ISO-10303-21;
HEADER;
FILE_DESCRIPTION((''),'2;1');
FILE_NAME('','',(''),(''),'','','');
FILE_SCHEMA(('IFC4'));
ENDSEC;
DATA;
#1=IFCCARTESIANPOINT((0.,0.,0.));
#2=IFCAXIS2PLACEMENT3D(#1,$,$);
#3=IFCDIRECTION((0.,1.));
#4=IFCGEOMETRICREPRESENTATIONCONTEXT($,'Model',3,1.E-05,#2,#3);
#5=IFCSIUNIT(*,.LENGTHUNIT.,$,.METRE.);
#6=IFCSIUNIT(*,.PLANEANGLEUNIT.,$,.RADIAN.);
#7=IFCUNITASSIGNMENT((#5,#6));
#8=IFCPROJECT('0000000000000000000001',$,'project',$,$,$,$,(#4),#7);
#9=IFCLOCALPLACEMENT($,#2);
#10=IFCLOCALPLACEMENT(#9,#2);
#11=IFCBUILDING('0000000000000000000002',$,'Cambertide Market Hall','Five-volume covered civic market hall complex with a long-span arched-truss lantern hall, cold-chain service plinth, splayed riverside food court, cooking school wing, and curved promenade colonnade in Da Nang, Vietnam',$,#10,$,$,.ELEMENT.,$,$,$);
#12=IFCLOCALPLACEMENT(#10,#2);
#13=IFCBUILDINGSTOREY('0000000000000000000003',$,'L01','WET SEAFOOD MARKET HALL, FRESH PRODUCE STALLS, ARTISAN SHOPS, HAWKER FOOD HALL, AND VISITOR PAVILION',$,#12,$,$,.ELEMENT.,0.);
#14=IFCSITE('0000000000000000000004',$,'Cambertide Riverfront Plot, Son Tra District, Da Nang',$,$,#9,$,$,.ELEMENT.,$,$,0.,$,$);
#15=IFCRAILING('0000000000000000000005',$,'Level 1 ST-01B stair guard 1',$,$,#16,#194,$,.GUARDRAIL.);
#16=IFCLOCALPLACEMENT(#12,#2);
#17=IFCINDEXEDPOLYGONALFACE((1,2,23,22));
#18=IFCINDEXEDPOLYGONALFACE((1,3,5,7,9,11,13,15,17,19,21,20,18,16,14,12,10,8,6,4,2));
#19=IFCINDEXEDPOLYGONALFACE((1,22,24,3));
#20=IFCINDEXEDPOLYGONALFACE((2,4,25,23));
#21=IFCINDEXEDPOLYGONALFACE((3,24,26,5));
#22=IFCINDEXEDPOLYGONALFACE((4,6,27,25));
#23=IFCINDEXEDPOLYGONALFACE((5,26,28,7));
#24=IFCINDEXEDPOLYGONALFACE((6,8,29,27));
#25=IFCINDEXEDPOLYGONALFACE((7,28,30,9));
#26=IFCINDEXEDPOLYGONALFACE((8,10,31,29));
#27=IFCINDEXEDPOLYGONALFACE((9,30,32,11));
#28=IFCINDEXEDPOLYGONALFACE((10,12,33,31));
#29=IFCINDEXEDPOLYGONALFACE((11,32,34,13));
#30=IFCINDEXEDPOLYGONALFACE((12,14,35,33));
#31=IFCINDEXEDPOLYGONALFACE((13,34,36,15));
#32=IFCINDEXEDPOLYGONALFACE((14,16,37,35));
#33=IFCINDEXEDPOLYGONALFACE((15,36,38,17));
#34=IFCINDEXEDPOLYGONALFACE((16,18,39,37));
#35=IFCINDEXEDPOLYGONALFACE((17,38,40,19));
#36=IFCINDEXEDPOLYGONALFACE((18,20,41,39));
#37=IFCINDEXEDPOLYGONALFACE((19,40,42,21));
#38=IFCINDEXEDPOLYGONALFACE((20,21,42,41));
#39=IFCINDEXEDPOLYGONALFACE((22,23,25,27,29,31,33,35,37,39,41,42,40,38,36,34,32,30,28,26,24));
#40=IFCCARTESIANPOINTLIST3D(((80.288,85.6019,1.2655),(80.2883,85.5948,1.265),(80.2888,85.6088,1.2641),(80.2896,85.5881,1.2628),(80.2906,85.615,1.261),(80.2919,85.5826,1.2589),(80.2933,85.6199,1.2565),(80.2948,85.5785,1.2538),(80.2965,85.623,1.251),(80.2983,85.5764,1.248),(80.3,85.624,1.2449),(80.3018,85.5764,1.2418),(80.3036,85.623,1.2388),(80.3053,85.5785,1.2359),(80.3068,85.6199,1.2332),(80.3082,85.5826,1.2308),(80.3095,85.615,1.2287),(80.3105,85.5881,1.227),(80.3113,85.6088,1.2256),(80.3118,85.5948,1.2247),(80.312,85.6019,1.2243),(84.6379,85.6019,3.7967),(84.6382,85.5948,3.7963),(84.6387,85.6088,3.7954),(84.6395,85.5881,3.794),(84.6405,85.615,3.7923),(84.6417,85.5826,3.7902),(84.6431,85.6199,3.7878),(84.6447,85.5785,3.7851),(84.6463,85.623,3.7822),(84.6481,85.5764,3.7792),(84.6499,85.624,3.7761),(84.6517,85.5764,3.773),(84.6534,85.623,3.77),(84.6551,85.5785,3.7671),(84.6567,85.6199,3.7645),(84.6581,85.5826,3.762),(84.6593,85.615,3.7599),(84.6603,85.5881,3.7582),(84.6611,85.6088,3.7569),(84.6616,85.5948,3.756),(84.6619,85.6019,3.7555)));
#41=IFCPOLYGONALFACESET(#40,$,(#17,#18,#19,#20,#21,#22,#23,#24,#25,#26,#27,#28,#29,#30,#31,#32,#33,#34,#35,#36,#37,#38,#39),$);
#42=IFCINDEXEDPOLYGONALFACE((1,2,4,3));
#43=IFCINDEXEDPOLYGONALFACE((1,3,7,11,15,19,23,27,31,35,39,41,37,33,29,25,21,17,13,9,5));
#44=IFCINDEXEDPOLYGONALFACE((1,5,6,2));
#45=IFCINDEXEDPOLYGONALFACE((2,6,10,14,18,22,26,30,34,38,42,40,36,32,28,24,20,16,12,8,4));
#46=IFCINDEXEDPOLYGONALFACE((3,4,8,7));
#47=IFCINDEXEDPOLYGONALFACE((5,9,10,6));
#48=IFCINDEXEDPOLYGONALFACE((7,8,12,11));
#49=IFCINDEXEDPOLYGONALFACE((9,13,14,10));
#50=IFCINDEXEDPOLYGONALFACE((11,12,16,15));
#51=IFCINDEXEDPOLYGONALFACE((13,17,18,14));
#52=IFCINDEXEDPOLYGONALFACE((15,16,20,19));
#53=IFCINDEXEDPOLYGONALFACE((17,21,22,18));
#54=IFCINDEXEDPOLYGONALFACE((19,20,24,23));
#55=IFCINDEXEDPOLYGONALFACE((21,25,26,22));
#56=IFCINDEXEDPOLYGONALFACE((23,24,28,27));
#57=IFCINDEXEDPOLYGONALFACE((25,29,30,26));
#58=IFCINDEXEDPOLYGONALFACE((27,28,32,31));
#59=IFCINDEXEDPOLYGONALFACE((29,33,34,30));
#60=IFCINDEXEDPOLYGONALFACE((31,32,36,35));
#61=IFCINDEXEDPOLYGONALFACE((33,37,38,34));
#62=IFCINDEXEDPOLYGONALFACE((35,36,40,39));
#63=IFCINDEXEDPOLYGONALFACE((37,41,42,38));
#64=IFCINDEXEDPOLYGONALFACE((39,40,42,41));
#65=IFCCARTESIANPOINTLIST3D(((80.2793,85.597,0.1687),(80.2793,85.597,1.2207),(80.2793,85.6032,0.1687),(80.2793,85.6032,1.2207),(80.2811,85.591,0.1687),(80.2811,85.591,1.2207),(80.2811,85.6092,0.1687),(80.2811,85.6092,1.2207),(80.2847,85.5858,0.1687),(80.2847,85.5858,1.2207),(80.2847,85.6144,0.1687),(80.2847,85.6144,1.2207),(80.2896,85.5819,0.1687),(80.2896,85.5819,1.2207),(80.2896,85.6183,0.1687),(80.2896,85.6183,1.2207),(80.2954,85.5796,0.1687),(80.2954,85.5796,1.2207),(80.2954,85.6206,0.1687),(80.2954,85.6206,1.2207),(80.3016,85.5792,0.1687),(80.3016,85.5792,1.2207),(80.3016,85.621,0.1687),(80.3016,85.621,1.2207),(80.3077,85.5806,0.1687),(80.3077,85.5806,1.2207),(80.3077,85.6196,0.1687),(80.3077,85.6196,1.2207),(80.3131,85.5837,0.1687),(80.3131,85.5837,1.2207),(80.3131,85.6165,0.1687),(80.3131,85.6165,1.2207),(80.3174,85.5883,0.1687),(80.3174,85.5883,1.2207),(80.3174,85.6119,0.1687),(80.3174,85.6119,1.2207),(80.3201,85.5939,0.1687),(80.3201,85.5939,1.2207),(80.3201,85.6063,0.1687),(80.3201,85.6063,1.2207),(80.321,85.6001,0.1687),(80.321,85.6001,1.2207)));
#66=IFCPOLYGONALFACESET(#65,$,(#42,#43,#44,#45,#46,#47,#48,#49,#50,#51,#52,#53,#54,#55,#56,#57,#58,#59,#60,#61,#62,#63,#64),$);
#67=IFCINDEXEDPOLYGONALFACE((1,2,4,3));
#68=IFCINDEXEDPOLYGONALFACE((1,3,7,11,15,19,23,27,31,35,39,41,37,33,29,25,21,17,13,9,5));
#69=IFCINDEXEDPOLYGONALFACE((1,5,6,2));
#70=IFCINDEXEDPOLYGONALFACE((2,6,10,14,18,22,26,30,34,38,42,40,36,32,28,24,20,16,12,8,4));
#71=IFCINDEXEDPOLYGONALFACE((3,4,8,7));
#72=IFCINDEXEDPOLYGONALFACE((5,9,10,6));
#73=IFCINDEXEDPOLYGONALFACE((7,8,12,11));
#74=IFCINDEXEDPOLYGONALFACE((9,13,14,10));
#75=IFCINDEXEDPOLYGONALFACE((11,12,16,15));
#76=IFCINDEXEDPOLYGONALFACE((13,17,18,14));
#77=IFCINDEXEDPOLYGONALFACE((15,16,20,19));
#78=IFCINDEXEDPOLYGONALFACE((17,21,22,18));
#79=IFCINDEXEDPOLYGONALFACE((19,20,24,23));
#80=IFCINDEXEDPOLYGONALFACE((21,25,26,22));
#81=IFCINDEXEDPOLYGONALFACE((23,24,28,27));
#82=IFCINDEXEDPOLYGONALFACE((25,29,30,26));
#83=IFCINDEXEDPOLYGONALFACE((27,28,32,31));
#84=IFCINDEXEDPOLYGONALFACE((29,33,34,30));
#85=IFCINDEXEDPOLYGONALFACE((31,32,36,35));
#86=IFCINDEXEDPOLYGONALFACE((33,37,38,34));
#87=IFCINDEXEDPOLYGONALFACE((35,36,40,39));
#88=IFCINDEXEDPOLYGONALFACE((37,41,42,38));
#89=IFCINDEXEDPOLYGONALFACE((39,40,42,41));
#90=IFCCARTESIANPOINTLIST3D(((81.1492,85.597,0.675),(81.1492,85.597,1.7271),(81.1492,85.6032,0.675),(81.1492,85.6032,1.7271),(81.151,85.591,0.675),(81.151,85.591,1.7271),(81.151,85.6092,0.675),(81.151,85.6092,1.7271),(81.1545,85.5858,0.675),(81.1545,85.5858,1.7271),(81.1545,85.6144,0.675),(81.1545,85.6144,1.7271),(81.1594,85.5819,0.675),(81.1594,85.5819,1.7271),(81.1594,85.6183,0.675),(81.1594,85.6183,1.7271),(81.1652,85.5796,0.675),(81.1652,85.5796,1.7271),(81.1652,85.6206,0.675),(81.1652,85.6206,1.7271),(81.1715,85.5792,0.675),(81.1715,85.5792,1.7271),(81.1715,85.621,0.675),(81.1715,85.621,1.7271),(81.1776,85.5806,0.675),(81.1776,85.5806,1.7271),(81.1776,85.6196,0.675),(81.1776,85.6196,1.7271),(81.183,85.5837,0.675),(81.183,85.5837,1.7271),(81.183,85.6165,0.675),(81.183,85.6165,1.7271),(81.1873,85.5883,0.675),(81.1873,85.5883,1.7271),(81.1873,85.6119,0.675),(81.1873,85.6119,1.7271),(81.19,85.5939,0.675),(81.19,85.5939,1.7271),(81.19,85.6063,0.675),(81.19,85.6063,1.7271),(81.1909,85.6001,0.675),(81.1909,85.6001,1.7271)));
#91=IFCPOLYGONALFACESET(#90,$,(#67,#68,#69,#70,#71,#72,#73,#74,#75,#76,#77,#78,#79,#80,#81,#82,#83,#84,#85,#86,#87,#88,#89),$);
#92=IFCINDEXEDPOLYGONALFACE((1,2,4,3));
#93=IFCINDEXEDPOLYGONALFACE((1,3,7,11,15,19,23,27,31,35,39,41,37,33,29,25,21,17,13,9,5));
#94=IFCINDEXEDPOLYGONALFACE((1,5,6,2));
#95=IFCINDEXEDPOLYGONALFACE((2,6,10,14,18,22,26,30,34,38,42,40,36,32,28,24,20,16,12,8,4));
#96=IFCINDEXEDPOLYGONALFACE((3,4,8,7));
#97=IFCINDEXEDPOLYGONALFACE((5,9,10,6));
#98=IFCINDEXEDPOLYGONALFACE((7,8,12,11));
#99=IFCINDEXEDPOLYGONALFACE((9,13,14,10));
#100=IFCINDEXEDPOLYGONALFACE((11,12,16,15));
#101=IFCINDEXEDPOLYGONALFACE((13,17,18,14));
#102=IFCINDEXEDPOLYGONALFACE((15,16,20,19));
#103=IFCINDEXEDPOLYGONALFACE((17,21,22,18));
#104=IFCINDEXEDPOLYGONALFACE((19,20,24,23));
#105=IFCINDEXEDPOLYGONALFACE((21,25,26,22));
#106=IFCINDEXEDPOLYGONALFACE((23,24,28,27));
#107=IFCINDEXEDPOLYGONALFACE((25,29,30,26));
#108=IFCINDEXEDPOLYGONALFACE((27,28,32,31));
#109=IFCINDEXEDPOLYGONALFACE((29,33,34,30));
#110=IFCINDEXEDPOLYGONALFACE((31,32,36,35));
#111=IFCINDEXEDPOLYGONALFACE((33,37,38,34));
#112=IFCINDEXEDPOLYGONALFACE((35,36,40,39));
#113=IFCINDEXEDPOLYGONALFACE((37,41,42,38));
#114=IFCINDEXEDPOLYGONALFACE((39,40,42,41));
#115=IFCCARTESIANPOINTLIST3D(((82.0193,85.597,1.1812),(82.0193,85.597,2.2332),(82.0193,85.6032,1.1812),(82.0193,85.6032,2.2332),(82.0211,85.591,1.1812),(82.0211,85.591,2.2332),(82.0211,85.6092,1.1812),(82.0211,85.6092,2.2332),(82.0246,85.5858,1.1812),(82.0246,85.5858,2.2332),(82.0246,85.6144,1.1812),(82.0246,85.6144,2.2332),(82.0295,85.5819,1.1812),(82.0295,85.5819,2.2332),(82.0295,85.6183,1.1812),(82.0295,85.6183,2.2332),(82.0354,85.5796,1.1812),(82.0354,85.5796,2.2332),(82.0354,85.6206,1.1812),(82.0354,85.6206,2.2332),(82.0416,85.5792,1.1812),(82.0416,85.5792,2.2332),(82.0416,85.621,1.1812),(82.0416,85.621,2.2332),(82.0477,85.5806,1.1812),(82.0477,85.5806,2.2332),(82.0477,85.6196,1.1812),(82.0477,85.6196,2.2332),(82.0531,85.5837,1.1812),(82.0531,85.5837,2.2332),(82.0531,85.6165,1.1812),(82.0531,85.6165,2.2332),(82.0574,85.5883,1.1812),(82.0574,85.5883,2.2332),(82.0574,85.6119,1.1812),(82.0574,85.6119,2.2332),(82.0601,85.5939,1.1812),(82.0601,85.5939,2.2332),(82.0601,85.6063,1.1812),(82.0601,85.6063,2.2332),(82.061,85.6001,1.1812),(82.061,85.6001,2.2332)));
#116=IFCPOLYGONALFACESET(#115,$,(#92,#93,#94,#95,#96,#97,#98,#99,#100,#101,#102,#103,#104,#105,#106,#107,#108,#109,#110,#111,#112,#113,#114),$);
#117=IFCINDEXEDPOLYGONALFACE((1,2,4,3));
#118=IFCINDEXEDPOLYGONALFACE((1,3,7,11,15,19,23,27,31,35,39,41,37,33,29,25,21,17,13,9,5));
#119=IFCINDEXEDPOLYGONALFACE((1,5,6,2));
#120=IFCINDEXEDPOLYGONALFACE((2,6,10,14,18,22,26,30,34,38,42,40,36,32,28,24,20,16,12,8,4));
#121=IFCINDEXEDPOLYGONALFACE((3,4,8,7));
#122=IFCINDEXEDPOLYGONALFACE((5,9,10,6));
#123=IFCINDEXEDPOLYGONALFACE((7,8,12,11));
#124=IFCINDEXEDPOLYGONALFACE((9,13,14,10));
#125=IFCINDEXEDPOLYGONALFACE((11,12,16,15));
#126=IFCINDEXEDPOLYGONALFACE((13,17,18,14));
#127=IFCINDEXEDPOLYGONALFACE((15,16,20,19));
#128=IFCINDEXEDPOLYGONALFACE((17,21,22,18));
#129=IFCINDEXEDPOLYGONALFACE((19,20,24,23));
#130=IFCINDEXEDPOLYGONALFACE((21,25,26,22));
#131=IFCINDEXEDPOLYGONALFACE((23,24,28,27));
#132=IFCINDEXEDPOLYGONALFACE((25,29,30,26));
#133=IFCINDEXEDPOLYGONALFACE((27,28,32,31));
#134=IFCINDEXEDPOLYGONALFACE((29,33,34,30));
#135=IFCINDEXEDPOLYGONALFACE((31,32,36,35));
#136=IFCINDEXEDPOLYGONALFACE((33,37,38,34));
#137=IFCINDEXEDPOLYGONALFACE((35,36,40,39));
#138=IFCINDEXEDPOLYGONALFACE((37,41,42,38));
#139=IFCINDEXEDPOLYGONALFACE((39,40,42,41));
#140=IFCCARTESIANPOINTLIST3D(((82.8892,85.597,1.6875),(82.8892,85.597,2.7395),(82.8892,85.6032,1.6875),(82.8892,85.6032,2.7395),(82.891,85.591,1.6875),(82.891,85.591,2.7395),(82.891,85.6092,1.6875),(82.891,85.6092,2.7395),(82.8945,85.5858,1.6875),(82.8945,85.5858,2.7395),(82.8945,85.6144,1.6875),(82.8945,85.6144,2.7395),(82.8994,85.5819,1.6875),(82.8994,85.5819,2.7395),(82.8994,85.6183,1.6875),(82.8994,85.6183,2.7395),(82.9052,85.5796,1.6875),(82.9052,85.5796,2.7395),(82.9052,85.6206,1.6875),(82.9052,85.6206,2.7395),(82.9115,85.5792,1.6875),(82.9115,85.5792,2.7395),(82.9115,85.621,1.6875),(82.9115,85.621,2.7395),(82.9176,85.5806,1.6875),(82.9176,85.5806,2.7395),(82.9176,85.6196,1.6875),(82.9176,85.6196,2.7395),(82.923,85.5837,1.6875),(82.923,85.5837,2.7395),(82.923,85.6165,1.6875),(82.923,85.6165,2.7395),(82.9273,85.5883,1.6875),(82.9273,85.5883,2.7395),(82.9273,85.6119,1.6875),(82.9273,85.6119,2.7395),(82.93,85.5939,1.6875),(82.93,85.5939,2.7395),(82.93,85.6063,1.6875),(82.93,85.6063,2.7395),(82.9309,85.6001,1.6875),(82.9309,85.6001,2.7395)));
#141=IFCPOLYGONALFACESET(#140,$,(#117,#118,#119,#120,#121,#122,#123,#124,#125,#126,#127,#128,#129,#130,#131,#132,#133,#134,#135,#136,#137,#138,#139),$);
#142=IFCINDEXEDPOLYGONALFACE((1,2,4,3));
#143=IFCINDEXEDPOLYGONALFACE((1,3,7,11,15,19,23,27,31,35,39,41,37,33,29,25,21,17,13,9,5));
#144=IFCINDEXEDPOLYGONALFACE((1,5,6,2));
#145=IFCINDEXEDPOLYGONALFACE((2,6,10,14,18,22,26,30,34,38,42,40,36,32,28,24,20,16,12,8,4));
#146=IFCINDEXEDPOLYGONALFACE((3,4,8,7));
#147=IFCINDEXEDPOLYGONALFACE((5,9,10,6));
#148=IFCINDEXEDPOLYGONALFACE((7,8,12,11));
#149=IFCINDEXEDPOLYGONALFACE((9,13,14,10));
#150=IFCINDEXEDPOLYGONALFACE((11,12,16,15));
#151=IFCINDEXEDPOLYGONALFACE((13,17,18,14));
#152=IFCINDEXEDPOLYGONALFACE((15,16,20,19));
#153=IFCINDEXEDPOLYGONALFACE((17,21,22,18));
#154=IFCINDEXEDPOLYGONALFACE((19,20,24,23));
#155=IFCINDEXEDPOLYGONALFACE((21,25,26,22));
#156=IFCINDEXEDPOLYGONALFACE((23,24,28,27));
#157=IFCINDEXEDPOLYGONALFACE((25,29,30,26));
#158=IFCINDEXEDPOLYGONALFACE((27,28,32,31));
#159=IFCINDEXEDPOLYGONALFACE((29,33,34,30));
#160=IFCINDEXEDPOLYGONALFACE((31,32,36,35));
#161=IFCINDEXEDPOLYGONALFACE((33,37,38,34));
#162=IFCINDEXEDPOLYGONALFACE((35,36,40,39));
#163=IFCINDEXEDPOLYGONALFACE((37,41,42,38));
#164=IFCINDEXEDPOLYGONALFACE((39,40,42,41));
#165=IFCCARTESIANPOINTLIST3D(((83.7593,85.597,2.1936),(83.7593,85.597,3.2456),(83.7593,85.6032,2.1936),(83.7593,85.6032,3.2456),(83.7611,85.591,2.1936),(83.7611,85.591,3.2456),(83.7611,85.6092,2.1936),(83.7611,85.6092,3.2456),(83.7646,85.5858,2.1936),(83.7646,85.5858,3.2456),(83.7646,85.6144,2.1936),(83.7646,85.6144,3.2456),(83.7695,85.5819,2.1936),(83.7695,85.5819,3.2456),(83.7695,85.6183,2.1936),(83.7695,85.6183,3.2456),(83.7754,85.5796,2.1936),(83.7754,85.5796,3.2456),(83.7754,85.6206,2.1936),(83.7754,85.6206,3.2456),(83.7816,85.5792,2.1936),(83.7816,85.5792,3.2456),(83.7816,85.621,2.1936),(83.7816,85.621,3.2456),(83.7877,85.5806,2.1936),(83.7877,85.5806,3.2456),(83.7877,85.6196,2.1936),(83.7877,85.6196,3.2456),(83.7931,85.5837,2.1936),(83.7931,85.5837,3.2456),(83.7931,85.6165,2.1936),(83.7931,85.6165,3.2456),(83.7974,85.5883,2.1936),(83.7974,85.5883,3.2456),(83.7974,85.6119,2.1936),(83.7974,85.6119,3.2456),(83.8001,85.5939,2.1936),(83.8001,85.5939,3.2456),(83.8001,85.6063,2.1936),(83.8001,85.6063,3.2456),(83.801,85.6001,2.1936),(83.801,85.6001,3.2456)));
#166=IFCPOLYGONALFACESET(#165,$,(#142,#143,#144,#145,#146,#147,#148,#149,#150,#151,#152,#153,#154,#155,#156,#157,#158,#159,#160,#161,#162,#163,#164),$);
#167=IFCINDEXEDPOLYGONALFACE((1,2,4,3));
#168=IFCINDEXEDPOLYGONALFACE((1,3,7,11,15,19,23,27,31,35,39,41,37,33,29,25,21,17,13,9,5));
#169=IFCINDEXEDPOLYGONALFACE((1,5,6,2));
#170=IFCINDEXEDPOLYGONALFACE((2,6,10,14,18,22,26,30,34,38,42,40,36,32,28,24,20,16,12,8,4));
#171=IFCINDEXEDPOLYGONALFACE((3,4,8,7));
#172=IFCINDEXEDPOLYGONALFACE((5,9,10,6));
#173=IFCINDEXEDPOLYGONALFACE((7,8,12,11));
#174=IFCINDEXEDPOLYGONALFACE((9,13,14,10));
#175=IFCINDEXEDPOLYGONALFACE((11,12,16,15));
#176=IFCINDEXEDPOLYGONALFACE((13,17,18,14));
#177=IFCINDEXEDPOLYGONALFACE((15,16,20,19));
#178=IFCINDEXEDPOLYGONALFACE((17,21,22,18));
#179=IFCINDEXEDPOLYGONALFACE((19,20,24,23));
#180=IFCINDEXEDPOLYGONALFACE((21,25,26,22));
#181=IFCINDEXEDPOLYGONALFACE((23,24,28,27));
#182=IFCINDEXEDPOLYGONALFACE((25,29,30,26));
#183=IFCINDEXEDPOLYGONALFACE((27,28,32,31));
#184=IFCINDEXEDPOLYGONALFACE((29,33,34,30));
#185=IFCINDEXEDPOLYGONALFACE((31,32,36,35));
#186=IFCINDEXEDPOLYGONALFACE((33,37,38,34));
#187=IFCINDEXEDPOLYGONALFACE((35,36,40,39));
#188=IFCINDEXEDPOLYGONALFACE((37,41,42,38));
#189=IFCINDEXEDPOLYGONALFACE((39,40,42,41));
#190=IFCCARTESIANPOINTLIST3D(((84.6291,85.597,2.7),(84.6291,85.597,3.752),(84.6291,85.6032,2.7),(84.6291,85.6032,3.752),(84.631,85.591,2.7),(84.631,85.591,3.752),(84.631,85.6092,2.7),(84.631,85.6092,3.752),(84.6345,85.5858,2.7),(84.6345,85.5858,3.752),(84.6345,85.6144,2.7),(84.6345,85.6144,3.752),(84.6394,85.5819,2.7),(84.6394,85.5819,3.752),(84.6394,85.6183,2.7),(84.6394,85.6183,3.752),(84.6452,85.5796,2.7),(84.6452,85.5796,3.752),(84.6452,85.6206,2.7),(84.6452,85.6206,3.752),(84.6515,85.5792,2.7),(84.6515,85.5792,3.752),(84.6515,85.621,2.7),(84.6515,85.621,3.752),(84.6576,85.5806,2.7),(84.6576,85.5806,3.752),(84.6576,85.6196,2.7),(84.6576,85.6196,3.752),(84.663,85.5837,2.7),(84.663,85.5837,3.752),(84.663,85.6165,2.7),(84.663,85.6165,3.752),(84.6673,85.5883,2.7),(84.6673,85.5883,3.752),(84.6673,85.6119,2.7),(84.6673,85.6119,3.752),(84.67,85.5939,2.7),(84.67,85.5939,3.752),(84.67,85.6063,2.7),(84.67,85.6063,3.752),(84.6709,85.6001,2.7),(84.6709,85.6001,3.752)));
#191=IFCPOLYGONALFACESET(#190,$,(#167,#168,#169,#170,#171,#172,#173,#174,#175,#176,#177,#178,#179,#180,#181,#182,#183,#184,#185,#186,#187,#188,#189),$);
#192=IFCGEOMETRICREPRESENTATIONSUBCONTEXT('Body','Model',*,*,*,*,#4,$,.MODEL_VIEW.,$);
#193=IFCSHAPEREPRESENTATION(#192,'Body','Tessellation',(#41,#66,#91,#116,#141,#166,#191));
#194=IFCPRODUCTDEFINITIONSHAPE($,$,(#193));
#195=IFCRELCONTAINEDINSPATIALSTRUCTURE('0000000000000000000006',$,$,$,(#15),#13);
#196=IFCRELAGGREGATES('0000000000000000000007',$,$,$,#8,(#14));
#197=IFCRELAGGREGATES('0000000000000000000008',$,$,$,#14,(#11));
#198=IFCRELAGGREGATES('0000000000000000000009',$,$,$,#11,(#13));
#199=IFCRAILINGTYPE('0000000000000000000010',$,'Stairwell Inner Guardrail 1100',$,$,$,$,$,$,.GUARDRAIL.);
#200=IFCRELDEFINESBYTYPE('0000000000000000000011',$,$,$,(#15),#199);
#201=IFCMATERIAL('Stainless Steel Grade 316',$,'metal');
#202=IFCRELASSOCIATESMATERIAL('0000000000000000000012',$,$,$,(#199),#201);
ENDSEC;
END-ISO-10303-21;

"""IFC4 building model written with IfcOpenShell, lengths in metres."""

from ifc_helpers import new_model, si_unit, direction, frame, origin, origin_2d, place, context, subcontext, project, spatial, circle, extrude, material, type_object, element, save


model = new_model("IFC4")

# Units and contexts
model_context = context("Model", 3, precision=1e-05, world=origin(), true_north=direction((0.0, 1.0)))
body_context = subcontext(model_context, "Body", "Model", "MODEL_VIEW")
ifc_project = project(units=[si_unit("LENGTHUNIT", "METRE"), si_unit("PLANEANGLEUNIT", "RADIAN")], contexts=[model_context])

# Site, building, storey
site_placement = place(None, origin())
site = spatial("IfcSite", under=ifc_project, at=site_placement, Name="Cambertide Riverfront Plot, Son Tra District, Da Nang", CompositionType="ELEMENT", RefElevation=0.0)
building_placement = place(site_placement, origin())
building = spatial("IfcBuilding", under=site, at=building_placement, Name="Cambertide Market Hall", Description="Five-volume covered civic market hall complex with a long-span arched-truss lantern hall, cold-chain service plinth, splayed riverside food court, cooking school wing, and curved promenade colonnade in Da Nang, Vietnam", CompositionType="ELEMENT")
storey_placement = place(building_placement, origin())
storey = spatial("IfcBuildingStorey", under=building, at=storey_placement, Name="L01", Description="WET SEAFOOD MARKET HALL, FRESH PRODUCE STALLS, ARTISAN SHOPS, HAWKER FOOD HALL, AND VISITOR PAVILION", CompositionType="ELEMENT", Elevation=0.0)

# Railing
ifc_material_1 = material(Name="Stainless Steel Grade 316", Category="metal")
railing_type_1 = type_object("IfcRailingType", Name="Stairwell Inner Guardrail 1100", PredefinedType="GUARDRAIL", material=ifc_material_1)
railing_1_placement = place(storey_placement, frame((80.3, 85.6001, 0.1687)))
element("IfcRailing", 1, at=railing_1_placement, inside=storey, type_object=railing_type_1, Name="Level 1 ST-01B stair guard 1", PredefinedType="GUARDRAIL", context=body_context, shape_type="SweptSolid", body=[
    extrude(circle(Radius=0.0239, at=origin_2d()), frame((0.0, 0.0, 1.0762), z_axis=(0.864312, 0.0, 0.502957), x_axis=(0.0, 1.0, 0.0)), (0.0, 0.0, 1.0), 5.0327),
    extrude(circle(Radius=0.021, at=origin_2d()), origin(), (0.0, 0.0, 1.0), 1.052),
    extrude(circle(Radius=0.021, at=origin_2d()), frame((0.8699, 0.0, 0.5063)), (0.0, 0.0, 1.0), 1.052),
    extrude(circle(Radius=0.021, at=origin_2d()), frame((1.74, 0.0, 1.0125)), (0.0, 0.0, 1.0), 1.052),
    extrude(circle(Radius=0.021, at=origin_2d()), frame((2.6099, 0.0, 1.5188)), (0.0, 0.0, 1.0), 1.052),
    extrude(circle(Radius=0.021, at=origin_2d()), frame((3.48, 0.0, 2.0249)), (0.0, 0.0, 1.0), 1.052),
    extrude(circle(Radius=0.021, at=origin_2d()), frame((4.3499, 0.0, 2.5312)), (0.0, 0.0, 1.0), 1.052),
])

save(model, "model.ifc")
